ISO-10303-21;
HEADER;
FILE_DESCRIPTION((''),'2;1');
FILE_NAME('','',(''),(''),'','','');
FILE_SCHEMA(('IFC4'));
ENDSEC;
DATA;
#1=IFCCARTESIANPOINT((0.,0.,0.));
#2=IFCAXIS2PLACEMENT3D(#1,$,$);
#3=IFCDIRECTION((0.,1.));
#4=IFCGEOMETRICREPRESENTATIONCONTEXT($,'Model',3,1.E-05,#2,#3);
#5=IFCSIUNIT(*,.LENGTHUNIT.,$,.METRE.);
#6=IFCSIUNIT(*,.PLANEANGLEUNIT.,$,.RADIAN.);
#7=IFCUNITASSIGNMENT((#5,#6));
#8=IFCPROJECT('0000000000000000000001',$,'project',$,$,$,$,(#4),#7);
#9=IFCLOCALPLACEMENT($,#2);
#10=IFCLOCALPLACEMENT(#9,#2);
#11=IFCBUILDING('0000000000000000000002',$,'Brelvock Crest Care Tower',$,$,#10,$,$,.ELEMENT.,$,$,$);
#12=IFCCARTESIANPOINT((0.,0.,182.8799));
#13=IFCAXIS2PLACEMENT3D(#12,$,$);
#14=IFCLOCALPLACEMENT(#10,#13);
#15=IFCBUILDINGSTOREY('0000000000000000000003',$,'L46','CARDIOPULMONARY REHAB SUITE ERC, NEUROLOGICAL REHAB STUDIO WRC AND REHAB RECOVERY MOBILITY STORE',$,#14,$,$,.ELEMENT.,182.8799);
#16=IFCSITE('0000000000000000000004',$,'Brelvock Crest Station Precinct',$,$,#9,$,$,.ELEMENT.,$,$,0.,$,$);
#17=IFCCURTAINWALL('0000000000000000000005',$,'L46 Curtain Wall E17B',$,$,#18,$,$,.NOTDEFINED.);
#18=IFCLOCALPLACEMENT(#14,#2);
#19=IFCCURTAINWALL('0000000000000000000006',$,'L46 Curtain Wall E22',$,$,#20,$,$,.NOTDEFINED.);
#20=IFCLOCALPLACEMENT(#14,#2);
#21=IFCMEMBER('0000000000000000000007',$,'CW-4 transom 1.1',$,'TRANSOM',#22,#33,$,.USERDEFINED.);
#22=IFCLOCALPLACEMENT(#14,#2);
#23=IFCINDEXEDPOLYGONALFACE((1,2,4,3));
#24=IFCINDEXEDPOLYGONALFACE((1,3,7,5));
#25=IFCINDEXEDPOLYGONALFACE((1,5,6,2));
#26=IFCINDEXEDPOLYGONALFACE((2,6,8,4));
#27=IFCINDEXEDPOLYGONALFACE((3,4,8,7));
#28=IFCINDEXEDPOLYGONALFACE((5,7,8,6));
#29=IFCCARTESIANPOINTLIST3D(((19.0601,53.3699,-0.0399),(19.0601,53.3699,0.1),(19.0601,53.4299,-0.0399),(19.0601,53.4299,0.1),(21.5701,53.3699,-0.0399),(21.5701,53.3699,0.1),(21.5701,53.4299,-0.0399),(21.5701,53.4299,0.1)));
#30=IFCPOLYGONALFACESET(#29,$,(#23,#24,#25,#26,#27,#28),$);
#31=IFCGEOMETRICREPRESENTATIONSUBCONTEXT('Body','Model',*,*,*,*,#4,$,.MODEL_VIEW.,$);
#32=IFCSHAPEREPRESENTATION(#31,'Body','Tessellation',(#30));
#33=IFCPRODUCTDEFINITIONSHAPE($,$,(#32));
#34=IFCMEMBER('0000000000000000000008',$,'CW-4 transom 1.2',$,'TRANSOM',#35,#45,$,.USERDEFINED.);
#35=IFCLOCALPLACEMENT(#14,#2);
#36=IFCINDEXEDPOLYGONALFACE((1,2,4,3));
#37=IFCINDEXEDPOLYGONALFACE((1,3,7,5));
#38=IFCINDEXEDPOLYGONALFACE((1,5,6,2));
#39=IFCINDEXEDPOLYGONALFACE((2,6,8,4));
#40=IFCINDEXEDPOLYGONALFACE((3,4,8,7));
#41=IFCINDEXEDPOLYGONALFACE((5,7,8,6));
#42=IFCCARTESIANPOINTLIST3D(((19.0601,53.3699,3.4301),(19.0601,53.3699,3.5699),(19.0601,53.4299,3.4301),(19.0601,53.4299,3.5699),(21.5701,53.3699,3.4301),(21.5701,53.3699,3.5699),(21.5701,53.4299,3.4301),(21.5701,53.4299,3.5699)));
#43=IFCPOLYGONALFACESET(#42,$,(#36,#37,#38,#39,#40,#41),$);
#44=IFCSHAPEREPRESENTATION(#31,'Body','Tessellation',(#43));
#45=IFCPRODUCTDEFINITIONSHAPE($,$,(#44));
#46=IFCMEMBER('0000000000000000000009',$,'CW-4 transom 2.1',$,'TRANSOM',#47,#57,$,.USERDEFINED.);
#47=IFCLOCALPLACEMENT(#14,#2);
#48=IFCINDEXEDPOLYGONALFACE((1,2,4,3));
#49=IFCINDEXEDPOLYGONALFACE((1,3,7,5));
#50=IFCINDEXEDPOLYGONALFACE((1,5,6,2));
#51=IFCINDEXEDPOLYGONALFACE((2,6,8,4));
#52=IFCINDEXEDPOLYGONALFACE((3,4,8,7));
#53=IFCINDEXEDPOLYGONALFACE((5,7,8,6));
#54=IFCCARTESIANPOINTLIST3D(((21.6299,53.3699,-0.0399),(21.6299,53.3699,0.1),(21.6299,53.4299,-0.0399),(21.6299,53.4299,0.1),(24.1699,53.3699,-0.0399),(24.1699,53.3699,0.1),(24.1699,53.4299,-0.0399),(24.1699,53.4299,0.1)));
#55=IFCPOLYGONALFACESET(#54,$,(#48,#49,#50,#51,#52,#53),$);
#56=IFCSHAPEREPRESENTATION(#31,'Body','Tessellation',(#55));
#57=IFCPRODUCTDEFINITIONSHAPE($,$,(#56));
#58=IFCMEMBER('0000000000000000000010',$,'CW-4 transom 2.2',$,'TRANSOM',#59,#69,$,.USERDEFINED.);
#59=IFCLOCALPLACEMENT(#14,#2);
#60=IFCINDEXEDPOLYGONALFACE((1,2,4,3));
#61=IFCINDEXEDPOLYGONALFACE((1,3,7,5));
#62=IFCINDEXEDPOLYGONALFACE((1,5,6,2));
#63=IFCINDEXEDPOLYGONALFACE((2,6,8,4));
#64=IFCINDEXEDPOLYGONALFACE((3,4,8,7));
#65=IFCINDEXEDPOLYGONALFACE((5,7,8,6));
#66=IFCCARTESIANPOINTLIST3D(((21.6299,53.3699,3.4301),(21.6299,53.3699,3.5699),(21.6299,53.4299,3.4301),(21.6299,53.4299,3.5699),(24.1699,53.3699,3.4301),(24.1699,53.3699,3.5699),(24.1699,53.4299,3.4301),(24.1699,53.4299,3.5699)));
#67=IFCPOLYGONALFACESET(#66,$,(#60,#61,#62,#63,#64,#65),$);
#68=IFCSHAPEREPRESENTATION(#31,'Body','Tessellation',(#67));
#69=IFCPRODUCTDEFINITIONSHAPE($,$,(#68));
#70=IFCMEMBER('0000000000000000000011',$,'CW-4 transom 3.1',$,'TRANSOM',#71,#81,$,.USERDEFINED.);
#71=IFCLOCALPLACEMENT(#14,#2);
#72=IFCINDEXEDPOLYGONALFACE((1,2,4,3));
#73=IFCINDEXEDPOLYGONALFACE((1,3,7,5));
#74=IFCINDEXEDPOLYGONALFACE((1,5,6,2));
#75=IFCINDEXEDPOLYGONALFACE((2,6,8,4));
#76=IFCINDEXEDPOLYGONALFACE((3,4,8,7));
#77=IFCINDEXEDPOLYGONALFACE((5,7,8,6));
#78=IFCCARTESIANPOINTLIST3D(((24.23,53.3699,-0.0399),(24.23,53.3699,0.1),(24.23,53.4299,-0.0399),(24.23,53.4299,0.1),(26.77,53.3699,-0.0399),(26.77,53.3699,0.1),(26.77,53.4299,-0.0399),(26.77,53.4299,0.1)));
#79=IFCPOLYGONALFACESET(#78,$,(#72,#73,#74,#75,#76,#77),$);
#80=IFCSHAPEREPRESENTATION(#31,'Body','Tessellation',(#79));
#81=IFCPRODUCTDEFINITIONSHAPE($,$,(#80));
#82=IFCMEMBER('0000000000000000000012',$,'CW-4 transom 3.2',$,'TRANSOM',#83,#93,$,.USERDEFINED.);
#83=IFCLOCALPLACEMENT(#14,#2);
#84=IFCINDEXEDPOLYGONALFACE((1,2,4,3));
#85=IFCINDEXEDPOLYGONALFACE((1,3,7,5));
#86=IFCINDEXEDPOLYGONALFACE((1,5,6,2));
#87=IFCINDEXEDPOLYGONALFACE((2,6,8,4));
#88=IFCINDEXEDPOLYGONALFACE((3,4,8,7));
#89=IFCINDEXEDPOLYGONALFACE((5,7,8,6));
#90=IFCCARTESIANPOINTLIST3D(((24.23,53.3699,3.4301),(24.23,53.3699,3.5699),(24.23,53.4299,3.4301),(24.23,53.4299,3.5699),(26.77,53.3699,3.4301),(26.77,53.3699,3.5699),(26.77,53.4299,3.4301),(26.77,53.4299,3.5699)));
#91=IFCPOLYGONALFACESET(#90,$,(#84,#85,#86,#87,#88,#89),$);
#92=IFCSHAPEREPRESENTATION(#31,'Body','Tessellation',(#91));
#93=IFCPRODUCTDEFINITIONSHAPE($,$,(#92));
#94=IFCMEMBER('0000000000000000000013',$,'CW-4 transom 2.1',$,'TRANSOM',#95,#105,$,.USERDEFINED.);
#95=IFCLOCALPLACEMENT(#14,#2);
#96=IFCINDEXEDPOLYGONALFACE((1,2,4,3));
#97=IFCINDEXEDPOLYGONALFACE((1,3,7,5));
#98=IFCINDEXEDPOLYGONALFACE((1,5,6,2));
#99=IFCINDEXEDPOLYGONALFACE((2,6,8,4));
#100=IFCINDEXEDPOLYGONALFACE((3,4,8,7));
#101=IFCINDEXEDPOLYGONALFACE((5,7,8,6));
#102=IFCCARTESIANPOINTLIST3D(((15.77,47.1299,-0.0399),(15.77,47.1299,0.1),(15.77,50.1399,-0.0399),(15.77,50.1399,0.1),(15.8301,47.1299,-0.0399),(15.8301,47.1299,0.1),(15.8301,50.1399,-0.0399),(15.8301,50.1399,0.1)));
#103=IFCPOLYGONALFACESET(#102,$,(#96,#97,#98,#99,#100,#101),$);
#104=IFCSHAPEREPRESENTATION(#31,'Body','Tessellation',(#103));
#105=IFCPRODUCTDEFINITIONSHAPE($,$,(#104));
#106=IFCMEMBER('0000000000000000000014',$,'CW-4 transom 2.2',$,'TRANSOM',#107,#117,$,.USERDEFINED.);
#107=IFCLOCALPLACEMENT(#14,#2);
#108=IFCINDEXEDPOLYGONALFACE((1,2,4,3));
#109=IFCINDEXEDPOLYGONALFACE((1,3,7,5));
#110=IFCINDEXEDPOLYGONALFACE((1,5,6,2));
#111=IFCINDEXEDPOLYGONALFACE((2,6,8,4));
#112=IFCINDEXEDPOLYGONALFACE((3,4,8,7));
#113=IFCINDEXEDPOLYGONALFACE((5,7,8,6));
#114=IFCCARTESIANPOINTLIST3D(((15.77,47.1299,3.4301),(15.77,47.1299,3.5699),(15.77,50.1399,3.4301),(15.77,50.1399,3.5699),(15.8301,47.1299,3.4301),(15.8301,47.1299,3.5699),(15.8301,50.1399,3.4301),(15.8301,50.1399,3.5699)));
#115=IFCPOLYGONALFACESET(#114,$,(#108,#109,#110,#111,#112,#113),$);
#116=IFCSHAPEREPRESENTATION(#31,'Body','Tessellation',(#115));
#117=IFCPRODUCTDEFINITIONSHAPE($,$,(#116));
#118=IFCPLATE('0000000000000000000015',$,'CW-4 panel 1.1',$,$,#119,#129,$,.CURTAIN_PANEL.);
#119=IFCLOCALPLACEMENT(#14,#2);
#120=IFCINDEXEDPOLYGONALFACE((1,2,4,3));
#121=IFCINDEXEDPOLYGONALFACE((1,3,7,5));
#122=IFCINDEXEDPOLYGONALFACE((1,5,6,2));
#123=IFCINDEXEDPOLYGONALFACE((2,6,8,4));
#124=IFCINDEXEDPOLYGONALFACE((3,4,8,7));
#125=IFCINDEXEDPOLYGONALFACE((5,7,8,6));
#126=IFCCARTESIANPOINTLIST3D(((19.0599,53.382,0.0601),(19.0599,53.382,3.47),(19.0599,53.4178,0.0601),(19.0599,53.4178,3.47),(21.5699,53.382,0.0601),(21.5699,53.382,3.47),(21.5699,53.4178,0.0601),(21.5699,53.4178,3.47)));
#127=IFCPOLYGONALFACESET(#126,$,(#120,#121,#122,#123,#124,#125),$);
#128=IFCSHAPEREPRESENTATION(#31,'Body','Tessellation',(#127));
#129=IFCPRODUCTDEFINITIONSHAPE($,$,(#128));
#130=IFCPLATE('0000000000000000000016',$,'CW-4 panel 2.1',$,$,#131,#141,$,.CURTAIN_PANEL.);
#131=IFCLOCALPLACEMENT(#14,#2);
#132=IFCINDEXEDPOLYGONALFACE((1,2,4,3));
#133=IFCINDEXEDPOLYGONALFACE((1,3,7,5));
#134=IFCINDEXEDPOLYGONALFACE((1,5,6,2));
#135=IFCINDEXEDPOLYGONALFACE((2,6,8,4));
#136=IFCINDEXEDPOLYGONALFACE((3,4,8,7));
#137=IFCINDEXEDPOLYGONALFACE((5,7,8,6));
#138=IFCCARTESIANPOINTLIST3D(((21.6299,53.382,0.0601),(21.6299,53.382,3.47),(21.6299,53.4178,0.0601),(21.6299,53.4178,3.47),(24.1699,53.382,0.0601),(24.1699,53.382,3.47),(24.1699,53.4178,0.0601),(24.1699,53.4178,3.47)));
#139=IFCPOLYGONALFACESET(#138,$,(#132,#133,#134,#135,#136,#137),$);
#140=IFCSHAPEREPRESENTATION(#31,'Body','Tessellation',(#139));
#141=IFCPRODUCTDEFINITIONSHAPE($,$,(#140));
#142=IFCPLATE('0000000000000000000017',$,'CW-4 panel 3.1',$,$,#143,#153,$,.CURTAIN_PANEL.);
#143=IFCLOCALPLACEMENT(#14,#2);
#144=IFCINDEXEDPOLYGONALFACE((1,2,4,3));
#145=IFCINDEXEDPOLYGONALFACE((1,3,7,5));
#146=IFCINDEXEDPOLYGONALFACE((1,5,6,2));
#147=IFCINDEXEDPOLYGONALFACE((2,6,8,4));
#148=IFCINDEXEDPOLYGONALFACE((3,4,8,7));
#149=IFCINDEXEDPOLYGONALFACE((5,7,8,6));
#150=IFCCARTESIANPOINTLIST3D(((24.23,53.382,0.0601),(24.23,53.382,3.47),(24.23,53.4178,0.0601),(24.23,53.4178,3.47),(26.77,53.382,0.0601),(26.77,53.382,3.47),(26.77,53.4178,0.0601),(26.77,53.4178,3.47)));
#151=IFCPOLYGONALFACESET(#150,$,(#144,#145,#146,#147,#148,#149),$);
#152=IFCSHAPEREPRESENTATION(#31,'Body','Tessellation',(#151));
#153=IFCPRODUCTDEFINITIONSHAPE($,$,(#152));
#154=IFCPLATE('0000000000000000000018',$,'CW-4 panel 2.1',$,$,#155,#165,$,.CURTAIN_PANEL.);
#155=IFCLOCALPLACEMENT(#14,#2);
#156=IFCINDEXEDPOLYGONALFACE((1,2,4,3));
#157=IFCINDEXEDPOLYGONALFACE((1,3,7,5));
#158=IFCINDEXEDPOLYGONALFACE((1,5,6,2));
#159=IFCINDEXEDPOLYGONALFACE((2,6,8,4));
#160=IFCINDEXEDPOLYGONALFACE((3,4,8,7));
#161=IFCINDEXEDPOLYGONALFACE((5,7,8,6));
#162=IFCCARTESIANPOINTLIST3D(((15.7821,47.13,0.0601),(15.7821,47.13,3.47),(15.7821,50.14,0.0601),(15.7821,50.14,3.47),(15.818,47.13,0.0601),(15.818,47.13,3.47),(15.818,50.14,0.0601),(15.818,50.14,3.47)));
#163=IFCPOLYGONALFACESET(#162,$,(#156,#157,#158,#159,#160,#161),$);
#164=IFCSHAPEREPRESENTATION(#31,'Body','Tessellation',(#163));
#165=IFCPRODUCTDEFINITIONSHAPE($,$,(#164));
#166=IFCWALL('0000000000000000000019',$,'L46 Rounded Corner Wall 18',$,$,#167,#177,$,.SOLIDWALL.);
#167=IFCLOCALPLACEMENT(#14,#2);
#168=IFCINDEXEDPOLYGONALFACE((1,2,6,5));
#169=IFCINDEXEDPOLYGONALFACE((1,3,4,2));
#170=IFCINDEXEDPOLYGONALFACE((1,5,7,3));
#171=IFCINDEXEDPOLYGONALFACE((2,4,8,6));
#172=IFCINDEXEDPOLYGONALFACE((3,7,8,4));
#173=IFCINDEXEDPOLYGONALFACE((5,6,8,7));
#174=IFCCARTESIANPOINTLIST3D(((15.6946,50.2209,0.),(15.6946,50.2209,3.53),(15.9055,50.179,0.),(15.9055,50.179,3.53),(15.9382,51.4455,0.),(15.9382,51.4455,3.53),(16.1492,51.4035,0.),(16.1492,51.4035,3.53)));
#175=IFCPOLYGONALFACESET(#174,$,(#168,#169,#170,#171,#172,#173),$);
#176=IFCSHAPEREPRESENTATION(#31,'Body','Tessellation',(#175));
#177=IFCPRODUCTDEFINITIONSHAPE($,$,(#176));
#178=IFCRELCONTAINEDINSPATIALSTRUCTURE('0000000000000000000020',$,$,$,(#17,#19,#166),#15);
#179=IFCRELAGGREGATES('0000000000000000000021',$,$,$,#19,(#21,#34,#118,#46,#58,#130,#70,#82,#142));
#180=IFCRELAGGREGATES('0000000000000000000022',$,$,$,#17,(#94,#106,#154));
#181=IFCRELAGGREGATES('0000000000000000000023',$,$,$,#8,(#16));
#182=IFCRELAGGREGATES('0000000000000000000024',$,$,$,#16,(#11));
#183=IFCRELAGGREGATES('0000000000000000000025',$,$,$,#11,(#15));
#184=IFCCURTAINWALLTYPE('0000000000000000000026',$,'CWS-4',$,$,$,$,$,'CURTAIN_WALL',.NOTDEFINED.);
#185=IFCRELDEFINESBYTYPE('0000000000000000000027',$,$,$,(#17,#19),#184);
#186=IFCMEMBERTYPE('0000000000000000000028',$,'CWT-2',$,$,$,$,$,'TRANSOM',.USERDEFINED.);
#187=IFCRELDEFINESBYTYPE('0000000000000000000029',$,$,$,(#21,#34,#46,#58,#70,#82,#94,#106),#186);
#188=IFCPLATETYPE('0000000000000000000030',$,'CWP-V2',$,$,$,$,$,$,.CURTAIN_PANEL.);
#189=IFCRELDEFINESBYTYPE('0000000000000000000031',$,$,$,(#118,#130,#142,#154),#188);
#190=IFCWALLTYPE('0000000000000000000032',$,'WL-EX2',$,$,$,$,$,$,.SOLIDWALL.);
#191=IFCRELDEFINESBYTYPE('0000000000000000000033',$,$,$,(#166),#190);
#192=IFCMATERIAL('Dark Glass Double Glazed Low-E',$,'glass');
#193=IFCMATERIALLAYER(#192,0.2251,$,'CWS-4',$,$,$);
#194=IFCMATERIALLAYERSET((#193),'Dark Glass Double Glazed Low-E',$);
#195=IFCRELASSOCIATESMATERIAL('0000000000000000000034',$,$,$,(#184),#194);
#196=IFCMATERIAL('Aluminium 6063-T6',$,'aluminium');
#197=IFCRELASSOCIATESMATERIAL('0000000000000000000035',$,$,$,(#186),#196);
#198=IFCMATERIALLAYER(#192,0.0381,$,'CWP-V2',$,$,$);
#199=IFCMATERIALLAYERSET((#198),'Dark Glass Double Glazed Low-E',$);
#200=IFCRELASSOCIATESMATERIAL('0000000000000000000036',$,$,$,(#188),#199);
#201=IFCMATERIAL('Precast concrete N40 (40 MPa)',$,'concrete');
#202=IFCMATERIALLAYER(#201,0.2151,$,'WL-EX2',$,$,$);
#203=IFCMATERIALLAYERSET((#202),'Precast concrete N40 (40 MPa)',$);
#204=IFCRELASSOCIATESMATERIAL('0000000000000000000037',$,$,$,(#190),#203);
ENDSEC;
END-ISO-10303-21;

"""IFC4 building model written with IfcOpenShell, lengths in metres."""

from ifc_helpers import new_model, si_unit, direction, frame, frame_2d, origin, origin_2d, place, context, subcontext, project, spatial, rectangle, extrude, source, transform, mapped, material, layer, layer_set, material_profile, profile_set, type_object, element, aggregate, save


model = new_model("IFC4")

# Units and contexts
model_context = context("Model", 3, precision=1e-05, world=origin(), true_north=direction((0.0, 1.0)))
body_context = subcontext(model_context, "Body", "Model", "MODEL_VIEW")
ifc_project = project(units=[si_unit("LENGTHUNIT", "METRE"), si_unit("PLANEANGLEUNIT", "RADIAN")], contexts=[model_context])

# Site, building, storey
site_placement = place(None, origin())
site = spatial("IfcSite", under=ifc_project, at=site_placement, Name="Brelvock Crest Station Precinct", CompositionType="ELEMENT", RefElevation=0.0)
building_placement = place(site_placement, origin())
building = spatial("IfcBuilding", under=site, at=building_placement, Name="Brelvock Crest Care Tower", CompositionType="ELEMENT")
storey_placement = place(building_placement, frame((0.0, 0.0, 182.8799)))
storey = spatial("IfcBuildingStorey", under=building, at=storey_placement, Name="L46", Description="CARDIOPULMONARY REHAB SUITE ERC, NEUROLOGICAL REHAB STUDIO WRC AND REHAB RECOVERY MOBILITY STORE", CompositionType="ELEMENT", Elevation=182.8799)

# Curtain walls, members
ifc_material_1 = material(Name="Dark Glass Double Glazed Low-E", Category="glass")
ifc_layer_1 = layer(ifc_material_1, 0.2251, Name="CWS-4")
ifc_layer_set_1 = layer_set([ifc_layer_1], Name="Dark Glass Double Glazed Low-E")
curtain_wall_type = type_object("IfcCurtainWallType", Name="CWS-4", ElementType="CURTAIN_WALL", PredefinedType="NOTDEFINED", material=ifc_layer_set_1)
curtain_wall_1_placement = place(storey_placement, origin())
curtain_wall_1 = element("IfcCurtainWall", 1, at=curtain_wall_1_placement, inside=storey, type_object=curtain_wall_type, Name="L46 Curtain Wall E17B", PredefinedType="NOTDEFINED")
ifc_material_2 = material(Name="Aluminium 6063-T6", Category="aluminium")
curtain_wall_2_placement = place(storey_placement, origin())
curtain_wall_2 = element("IfcCurtainWall", 2, at=curtain_wall_2_placement, inside=storey, type_object=curtain_wall_type, Name="L46 Curtain Wall E22", PredefinedType="NOTDEFINED")
ifc_material_profile_1 = material_profile(ifc_material_2, rectangle(XDim=0.0601, YDim=0.1399, at=origin_2d()), Name="ALU60x140")
ifc_profile_set_1 = profile_set([ifc_material_profile_1], Name="Aluminium 6063-T6")
member_type_1 = type_object("IfcMemberType", Name="CWT-2", ElementType="TRANSOM", PredefinedType="USERDEFINED", material=ifc_profile_set_1)
shared_shape_1 = source(origin(), body_context, "Body", "SweptSolid", [
    extrude(rectangle(XDim=0.0601, YDim=0.1399, at=origin_2d()), origin(), (0.0, 0.0, 1.0), 2.51),
])
member_1_placement = place(storey_placement, frame((19.0601, 53.3999, 0.03), z_axis=(1.0, 0.0, 0.0), x_axis=(0.0, 1.0, 0.0)))
member_1 = element("IfcMember", 3, at=member_1_placement, type_object=member_type_1, Name="CW-4 transom 1.1", ObjectType="TRANSOM", PredefinedType="USERDEFINED", context=body_context, shape_type="MappedRepresentation", body=[
    mapped(shared_shape_1, transform((0.0, 0.0, 0.0), x_axis=(1.0, 0.0, 0.0), y_axis=(0.0, 1.0, 0.0), z_axis=(0.0, 0.0, 1.0), scale=1.0)),
])
member_2_placement = place(storey_placement, frame((19.0601, 53.3999, 3.5), z_axis=(1.0, 0.0, 0.0), x_axis=(0.0, 1.0, 0.0)))
member_2 = element("IfcMember", 4, at=member_2_placement, type_object=member_type_1, Name="CW-4 transom 1.2", ObjectType="TRANSOM", PredefinedType="USERDEFINED", context=body_context, shape_type="MappedRepresentation", body=[
    mapped(shared_shape_1, transform((0.0, 0.0, 0.0), x_axis=(1.0, 0.0, 0.0), y_axis=(0.0, 1.0, 0.0), z_axis=(0.0, 0.0, 1.0), scale=1.0)),
])
shared_shape_2 = source(origin(), body_context, "Body", "SweptSolid", [
    extrude(rectangle(XDim=0.0601, YDim=0.1399, at=origin_2d()), origin(), (0.0, 0.0, 1.0), 2.54),
])
member_3_placement = place(storey_placement, frame((21.6299, 53.3999, 0.03), z_axis=(1.0, 0.0, 0.0), x_axis=(0.0, 1.0, 0.0)))
member_3 = element("IfcMember", 5, at=member_3_placement, type_object=member_type_1, Name="CW-4 transom 2.1", ObjectType="TRANSOM", PredefinedType="USERDEFINED", context=body_context, shape_type="MappedRepresentation", body=[
    mapped(shared_shape_2, transform((0.0, 0.0, 0.0), x_axis=(1.0, 0.0, 0.0), y_axis=(0.0, 1.0, 0.0), z_axis=(0.0, 0.0, 1.0), scale=1.0)),
])
member_4_placement = place(storey_placement, frame((21.6299, 53.3999, 3.5), z_axis=(1.0, 0.0, 0.0), x_axis=(0.0, 1.0, 0.0)))
member_4 = element("IfcMember", 6, at=member_4_placement, type_object=member_type_1, Name="CW-4 transom 2.2", ObjectType="TRANSOM", PredefinedType="USERDEFINED", context=body_context, shape_type="MappedRepresentation", body=[
    mapped(shared_shape_2, transform((0.0, 0.0, 0.0), x_axis=(1.0, 0.0, 0.0), y_axis=(0.0, 1.0, 0.0), z_axis=(0.0, 0.0, 1.0), scale=1.0)),
])
member_5_placement = place(storey_placement, frame((24.23, 53.3999, 0.03), z_axis=(1.0, 0.0, 0.0), x_axis=(0.0, 1.0, 0.0)))
member_5 = element("IfcMember", 7, at=member_5_placement, type_object=member_type_1, Name="CW-4 transom 3.1", ObjectType="TRANSOM", PredefinedType="USERDEFINED", context=body_context, shape_type="MappedRepresentation", body=[
    mapped(shared_shape_2, transform((0.0, 0.0, 0.0), x_axis=(1.0, 0.0, 0.0), y_axis=(0.0, 1.0, 0.0), z_axis=(0.0, 0.0, 1.0), scale=1.0)),
])
member_6_placement = place(storey_placement, frame((24.23, 53.3999, 3.5), z_axis=(1.0, 0.0, 0.0), x_axis=(0.0, 1.0, 0.0)))
member_6 = element("IfcMember", 8, at=member_6_placement, type_object=member_type_1, Name="CW-4 transom 3.2", ObjectType="TRANSOM", PredefinedType="USERDEFINED", context=body_context, shape_type="MappedRepresentation", body=[
    mapped(shared_shape_2, transform((0.0, 0.0, 0.0), x_axis=(1.0, 0.0, 0.0), y_axis=(0.0, 1.0, 0.0), z_axis=(0.0, 0.0, 1.0), scale=1.0)),
])

# Members
shared_shape_3 = source(origin(), body_context, "Body", "SweptSolid", [
    extrude(rectangle(XDim=0.0601, YDim=0.1399, at=origin_2d()), origin(), (0.0, 0.0, 1.0), 3.01),
])
member_7_placement = place(storey_placement, frame((15.8, 47.1299, 0.03), z_axis=(0.0, 1.0, 0.0), x_axis=(-1.0, 0.0, 0.0)))
member_7 = element("IfcMember", 9, at=member_7_placement, type_object=member_type_1, Name="CW-4 transom 2.1", ObjectType="TRANSOM", PredefinedType="USERDEFINED", context=body_context, shape_type="MappedRepresentation", body=[
    mapped(shared_shape_3, transform((0.0, 0.0, 0.0), x_axis=(1.0, 0.0, 0.0), y_axis=(0.0, 1.0, 0.0), z_axis=(0.0, 0.0, 1.0), scale=1.0)),
])
member_8_placement = place(storey_placement, frame((15.8, 47.1299, 3.5), z_axis=(0.0, 1.0, 0.0), x_axis=(-1.0, 0.0, 0.0)))
member_8 = element("IfcMember", 10, at=member_8_placement, type_object=member_type_1, Name="CW-4 transom 2.2", ObjectType="TRANSOM", PredefinedType="USERDEFINED", context=body_context, shape_type="MappedRepresentation", body=[
    mapped(shared_shape_3, transform((0.0, 0.0, 0.0), x_axis=(1.0, 0.0, 0.0), y_axis=(0.0, 1.0, 0.0), z_axis=(0.0, 0.0, 1.0), scale=1.0)),
])

# Plates
ifc_layer_2 = layer(ifc_material_1, 0.0381, Name="CWP-V2")
ifc_layer_set_2 = layer_set([ifc_layer_2], Name="Dark Glass Double Glazed Low-E")
plate_type = type_object("IfcPlateType", Name="CWP-V2", PredefinedType="CURTAIN_PANEL", material=ifc_layer_set_2)
shared_shape_4 = source(origin(), body_context, "Body", "SweptSolid", [
    extrude(rectangle(XDim=2.51, YDim=0.0359, at=origin_2d()), origin(), (0.0, 0.0, 1.0), 3.4099),
])
plate_1_placement = place(storey_placement, frame((20.3149, 53.3999, 0.0601), z_axis=(0.0, 0.0, 1.0), x_axis=(1.0, 0.0, 0.0)))
plate_1 = element("IfcPlate", 11, at=plate_1_placement, type_object=plate_type, Name="CW-4 panel 1.1", PredefinedType="CURTAIN_PANEL", context=body_context, shape_type="MappedRepresentation", body=[
    mapped(shared_shape_4, transform((0.0, 0.0, 0.0), x_axis=(1.0, 0.0, 0.0), y_axis=(0.0, 1.0, 0.0), z_axis=(0.0, 0.0, 1.0), scale=1.0)),
])
shared_shape_5 = source(origin(), body_context, "Body", "SweptSolid", [
    extrude(rectangle(XDim=2.54, YDim=0.0359, at=origin_2d()), origin(), (0.0, 0.0, 1.0), 3.4099),
])
plate_2_placement = place(storey_placement, frame((22.8999, 53.3999, 0.0601), z_axis=(0.0, 0.0, 1.0), x_axis=(1.0, 0.0, 0.0)))
plate_2 = element("IfcPlate", 12, at=plate_2_placement, type_object=plate_type, Name="CW-4 panel 2.1", PredefinedType="CURTAIN_PANEL", context=body_context, shape_type="MappedRepresentation", body=[
    mapped(shared_shape_5, transform((0.0, 0.0, 0.0), x_axis=(1.0, 0.0, 0.0), y_axis=(0.0, 1.0, 0.0), z_axis=(0.0, 0.0, 1.0), scale=1.0)),
])
plate_3_placement = place(storey_placement, frame((25.5, 53.3999, 0.0601), z_axis=(0.0, 0.0, 1.0), x_axis=(1.0, 0.0, 0.0)))
plate_3 = element("IfcPlate", 13, at=plate_3_placement, type_object=plate_type, Name="CW-4 panel 3.1", PredefinedType="CURTAIN_PANEL", context=body_context, shape_type="MappedRepresentation", body=[
    mapped(shared_shape_5, transform((0.0, 0.0, 0.0), x_axis=(1.0, 0.0, 0.0), y_axis=(0.0, 1.0, 0.0), z_axis=(0.0, 0.0, 1.0), scale=1.0)),
])
aggregate(curtain_wall_2, [member_1, member_2, plate_1, member_3, member_4, plate_2, member_5, member_6, plate_3])
shared_shape_6 = source(origin(), body_context, "Body", "SweptSolid", [
    extrude(rectangle(XDim=3.01, YDim=0.0359, at=origin_2d()), origin(), (0.0, 0.0, 1.0), 3.4099),
])
plate_4_placement = place(storey_placement, frame((15.8, 48.635, 0.0601), z_axis=(0.0, 0.0, 1.0), x_axis=(0.0, 1.0, 0.0)))
plate_4 = element("IfcPlate", 14, at=plate_4_placement, type_object=plate_type, Name="CW-4 panel 2.1", PredefinedType="CURTAIN_PANEL", context=body_context, shape_type="MappedRepresentation", body=[
    mapped(shared_shape_6, transform((0.0, 0.0, 0.0), x_axis=(1.0, 0.0, 0.0), y_axis=(0.0, 1.0, 0.0), z_axis=(0.0, 0.0, 1.0), scale=1.0)),
])
aggregate(curtain_wall_1, [member_7, member_8, plate_4])

# Wall
ifc_material_3 = material(Name="Precast concrete N40 (40 MPa)", Category="concrete")
ifc_layer_3 = layer(ifc_material_3, 0.2151, Name="WL-EX2")
ifc_layer_set_3 = layer_set([ifc_layer_3], Name="Precast concrete N40 (40 MPa)")
wall_type_1 = type_object("IfcWallType", Name="WL-EX2", PredefinedType="SOLIDWALL", material=ifc_layer_set_3)
for number, where, z_axis, x_axis, name in (
    (15, (15.8, 50.2, 0.0), (0.0, 0.0, 1.0), (0.195138, 0.980776, 0.0), "L46 Rounded Corner Wall 18"),
):
    element("IfcWall", number, at=place(storey_placement, frame(where, z_axis=z_axis, x_axis=x_axis)), inside=storey, type_object=wall_type_1, Name=name, PredefinedType="SOLIDWALL", context=body_context, shape_type="SweptSolid", body=[
        extrude(rectangle(XDim=1.2485, YDim=0.2151, at=frame_2d((0.6243, 0.0))), origin(), (0.0, 0.0, 1.0), 3.53),
    ])

save(model, "model.ifc")
